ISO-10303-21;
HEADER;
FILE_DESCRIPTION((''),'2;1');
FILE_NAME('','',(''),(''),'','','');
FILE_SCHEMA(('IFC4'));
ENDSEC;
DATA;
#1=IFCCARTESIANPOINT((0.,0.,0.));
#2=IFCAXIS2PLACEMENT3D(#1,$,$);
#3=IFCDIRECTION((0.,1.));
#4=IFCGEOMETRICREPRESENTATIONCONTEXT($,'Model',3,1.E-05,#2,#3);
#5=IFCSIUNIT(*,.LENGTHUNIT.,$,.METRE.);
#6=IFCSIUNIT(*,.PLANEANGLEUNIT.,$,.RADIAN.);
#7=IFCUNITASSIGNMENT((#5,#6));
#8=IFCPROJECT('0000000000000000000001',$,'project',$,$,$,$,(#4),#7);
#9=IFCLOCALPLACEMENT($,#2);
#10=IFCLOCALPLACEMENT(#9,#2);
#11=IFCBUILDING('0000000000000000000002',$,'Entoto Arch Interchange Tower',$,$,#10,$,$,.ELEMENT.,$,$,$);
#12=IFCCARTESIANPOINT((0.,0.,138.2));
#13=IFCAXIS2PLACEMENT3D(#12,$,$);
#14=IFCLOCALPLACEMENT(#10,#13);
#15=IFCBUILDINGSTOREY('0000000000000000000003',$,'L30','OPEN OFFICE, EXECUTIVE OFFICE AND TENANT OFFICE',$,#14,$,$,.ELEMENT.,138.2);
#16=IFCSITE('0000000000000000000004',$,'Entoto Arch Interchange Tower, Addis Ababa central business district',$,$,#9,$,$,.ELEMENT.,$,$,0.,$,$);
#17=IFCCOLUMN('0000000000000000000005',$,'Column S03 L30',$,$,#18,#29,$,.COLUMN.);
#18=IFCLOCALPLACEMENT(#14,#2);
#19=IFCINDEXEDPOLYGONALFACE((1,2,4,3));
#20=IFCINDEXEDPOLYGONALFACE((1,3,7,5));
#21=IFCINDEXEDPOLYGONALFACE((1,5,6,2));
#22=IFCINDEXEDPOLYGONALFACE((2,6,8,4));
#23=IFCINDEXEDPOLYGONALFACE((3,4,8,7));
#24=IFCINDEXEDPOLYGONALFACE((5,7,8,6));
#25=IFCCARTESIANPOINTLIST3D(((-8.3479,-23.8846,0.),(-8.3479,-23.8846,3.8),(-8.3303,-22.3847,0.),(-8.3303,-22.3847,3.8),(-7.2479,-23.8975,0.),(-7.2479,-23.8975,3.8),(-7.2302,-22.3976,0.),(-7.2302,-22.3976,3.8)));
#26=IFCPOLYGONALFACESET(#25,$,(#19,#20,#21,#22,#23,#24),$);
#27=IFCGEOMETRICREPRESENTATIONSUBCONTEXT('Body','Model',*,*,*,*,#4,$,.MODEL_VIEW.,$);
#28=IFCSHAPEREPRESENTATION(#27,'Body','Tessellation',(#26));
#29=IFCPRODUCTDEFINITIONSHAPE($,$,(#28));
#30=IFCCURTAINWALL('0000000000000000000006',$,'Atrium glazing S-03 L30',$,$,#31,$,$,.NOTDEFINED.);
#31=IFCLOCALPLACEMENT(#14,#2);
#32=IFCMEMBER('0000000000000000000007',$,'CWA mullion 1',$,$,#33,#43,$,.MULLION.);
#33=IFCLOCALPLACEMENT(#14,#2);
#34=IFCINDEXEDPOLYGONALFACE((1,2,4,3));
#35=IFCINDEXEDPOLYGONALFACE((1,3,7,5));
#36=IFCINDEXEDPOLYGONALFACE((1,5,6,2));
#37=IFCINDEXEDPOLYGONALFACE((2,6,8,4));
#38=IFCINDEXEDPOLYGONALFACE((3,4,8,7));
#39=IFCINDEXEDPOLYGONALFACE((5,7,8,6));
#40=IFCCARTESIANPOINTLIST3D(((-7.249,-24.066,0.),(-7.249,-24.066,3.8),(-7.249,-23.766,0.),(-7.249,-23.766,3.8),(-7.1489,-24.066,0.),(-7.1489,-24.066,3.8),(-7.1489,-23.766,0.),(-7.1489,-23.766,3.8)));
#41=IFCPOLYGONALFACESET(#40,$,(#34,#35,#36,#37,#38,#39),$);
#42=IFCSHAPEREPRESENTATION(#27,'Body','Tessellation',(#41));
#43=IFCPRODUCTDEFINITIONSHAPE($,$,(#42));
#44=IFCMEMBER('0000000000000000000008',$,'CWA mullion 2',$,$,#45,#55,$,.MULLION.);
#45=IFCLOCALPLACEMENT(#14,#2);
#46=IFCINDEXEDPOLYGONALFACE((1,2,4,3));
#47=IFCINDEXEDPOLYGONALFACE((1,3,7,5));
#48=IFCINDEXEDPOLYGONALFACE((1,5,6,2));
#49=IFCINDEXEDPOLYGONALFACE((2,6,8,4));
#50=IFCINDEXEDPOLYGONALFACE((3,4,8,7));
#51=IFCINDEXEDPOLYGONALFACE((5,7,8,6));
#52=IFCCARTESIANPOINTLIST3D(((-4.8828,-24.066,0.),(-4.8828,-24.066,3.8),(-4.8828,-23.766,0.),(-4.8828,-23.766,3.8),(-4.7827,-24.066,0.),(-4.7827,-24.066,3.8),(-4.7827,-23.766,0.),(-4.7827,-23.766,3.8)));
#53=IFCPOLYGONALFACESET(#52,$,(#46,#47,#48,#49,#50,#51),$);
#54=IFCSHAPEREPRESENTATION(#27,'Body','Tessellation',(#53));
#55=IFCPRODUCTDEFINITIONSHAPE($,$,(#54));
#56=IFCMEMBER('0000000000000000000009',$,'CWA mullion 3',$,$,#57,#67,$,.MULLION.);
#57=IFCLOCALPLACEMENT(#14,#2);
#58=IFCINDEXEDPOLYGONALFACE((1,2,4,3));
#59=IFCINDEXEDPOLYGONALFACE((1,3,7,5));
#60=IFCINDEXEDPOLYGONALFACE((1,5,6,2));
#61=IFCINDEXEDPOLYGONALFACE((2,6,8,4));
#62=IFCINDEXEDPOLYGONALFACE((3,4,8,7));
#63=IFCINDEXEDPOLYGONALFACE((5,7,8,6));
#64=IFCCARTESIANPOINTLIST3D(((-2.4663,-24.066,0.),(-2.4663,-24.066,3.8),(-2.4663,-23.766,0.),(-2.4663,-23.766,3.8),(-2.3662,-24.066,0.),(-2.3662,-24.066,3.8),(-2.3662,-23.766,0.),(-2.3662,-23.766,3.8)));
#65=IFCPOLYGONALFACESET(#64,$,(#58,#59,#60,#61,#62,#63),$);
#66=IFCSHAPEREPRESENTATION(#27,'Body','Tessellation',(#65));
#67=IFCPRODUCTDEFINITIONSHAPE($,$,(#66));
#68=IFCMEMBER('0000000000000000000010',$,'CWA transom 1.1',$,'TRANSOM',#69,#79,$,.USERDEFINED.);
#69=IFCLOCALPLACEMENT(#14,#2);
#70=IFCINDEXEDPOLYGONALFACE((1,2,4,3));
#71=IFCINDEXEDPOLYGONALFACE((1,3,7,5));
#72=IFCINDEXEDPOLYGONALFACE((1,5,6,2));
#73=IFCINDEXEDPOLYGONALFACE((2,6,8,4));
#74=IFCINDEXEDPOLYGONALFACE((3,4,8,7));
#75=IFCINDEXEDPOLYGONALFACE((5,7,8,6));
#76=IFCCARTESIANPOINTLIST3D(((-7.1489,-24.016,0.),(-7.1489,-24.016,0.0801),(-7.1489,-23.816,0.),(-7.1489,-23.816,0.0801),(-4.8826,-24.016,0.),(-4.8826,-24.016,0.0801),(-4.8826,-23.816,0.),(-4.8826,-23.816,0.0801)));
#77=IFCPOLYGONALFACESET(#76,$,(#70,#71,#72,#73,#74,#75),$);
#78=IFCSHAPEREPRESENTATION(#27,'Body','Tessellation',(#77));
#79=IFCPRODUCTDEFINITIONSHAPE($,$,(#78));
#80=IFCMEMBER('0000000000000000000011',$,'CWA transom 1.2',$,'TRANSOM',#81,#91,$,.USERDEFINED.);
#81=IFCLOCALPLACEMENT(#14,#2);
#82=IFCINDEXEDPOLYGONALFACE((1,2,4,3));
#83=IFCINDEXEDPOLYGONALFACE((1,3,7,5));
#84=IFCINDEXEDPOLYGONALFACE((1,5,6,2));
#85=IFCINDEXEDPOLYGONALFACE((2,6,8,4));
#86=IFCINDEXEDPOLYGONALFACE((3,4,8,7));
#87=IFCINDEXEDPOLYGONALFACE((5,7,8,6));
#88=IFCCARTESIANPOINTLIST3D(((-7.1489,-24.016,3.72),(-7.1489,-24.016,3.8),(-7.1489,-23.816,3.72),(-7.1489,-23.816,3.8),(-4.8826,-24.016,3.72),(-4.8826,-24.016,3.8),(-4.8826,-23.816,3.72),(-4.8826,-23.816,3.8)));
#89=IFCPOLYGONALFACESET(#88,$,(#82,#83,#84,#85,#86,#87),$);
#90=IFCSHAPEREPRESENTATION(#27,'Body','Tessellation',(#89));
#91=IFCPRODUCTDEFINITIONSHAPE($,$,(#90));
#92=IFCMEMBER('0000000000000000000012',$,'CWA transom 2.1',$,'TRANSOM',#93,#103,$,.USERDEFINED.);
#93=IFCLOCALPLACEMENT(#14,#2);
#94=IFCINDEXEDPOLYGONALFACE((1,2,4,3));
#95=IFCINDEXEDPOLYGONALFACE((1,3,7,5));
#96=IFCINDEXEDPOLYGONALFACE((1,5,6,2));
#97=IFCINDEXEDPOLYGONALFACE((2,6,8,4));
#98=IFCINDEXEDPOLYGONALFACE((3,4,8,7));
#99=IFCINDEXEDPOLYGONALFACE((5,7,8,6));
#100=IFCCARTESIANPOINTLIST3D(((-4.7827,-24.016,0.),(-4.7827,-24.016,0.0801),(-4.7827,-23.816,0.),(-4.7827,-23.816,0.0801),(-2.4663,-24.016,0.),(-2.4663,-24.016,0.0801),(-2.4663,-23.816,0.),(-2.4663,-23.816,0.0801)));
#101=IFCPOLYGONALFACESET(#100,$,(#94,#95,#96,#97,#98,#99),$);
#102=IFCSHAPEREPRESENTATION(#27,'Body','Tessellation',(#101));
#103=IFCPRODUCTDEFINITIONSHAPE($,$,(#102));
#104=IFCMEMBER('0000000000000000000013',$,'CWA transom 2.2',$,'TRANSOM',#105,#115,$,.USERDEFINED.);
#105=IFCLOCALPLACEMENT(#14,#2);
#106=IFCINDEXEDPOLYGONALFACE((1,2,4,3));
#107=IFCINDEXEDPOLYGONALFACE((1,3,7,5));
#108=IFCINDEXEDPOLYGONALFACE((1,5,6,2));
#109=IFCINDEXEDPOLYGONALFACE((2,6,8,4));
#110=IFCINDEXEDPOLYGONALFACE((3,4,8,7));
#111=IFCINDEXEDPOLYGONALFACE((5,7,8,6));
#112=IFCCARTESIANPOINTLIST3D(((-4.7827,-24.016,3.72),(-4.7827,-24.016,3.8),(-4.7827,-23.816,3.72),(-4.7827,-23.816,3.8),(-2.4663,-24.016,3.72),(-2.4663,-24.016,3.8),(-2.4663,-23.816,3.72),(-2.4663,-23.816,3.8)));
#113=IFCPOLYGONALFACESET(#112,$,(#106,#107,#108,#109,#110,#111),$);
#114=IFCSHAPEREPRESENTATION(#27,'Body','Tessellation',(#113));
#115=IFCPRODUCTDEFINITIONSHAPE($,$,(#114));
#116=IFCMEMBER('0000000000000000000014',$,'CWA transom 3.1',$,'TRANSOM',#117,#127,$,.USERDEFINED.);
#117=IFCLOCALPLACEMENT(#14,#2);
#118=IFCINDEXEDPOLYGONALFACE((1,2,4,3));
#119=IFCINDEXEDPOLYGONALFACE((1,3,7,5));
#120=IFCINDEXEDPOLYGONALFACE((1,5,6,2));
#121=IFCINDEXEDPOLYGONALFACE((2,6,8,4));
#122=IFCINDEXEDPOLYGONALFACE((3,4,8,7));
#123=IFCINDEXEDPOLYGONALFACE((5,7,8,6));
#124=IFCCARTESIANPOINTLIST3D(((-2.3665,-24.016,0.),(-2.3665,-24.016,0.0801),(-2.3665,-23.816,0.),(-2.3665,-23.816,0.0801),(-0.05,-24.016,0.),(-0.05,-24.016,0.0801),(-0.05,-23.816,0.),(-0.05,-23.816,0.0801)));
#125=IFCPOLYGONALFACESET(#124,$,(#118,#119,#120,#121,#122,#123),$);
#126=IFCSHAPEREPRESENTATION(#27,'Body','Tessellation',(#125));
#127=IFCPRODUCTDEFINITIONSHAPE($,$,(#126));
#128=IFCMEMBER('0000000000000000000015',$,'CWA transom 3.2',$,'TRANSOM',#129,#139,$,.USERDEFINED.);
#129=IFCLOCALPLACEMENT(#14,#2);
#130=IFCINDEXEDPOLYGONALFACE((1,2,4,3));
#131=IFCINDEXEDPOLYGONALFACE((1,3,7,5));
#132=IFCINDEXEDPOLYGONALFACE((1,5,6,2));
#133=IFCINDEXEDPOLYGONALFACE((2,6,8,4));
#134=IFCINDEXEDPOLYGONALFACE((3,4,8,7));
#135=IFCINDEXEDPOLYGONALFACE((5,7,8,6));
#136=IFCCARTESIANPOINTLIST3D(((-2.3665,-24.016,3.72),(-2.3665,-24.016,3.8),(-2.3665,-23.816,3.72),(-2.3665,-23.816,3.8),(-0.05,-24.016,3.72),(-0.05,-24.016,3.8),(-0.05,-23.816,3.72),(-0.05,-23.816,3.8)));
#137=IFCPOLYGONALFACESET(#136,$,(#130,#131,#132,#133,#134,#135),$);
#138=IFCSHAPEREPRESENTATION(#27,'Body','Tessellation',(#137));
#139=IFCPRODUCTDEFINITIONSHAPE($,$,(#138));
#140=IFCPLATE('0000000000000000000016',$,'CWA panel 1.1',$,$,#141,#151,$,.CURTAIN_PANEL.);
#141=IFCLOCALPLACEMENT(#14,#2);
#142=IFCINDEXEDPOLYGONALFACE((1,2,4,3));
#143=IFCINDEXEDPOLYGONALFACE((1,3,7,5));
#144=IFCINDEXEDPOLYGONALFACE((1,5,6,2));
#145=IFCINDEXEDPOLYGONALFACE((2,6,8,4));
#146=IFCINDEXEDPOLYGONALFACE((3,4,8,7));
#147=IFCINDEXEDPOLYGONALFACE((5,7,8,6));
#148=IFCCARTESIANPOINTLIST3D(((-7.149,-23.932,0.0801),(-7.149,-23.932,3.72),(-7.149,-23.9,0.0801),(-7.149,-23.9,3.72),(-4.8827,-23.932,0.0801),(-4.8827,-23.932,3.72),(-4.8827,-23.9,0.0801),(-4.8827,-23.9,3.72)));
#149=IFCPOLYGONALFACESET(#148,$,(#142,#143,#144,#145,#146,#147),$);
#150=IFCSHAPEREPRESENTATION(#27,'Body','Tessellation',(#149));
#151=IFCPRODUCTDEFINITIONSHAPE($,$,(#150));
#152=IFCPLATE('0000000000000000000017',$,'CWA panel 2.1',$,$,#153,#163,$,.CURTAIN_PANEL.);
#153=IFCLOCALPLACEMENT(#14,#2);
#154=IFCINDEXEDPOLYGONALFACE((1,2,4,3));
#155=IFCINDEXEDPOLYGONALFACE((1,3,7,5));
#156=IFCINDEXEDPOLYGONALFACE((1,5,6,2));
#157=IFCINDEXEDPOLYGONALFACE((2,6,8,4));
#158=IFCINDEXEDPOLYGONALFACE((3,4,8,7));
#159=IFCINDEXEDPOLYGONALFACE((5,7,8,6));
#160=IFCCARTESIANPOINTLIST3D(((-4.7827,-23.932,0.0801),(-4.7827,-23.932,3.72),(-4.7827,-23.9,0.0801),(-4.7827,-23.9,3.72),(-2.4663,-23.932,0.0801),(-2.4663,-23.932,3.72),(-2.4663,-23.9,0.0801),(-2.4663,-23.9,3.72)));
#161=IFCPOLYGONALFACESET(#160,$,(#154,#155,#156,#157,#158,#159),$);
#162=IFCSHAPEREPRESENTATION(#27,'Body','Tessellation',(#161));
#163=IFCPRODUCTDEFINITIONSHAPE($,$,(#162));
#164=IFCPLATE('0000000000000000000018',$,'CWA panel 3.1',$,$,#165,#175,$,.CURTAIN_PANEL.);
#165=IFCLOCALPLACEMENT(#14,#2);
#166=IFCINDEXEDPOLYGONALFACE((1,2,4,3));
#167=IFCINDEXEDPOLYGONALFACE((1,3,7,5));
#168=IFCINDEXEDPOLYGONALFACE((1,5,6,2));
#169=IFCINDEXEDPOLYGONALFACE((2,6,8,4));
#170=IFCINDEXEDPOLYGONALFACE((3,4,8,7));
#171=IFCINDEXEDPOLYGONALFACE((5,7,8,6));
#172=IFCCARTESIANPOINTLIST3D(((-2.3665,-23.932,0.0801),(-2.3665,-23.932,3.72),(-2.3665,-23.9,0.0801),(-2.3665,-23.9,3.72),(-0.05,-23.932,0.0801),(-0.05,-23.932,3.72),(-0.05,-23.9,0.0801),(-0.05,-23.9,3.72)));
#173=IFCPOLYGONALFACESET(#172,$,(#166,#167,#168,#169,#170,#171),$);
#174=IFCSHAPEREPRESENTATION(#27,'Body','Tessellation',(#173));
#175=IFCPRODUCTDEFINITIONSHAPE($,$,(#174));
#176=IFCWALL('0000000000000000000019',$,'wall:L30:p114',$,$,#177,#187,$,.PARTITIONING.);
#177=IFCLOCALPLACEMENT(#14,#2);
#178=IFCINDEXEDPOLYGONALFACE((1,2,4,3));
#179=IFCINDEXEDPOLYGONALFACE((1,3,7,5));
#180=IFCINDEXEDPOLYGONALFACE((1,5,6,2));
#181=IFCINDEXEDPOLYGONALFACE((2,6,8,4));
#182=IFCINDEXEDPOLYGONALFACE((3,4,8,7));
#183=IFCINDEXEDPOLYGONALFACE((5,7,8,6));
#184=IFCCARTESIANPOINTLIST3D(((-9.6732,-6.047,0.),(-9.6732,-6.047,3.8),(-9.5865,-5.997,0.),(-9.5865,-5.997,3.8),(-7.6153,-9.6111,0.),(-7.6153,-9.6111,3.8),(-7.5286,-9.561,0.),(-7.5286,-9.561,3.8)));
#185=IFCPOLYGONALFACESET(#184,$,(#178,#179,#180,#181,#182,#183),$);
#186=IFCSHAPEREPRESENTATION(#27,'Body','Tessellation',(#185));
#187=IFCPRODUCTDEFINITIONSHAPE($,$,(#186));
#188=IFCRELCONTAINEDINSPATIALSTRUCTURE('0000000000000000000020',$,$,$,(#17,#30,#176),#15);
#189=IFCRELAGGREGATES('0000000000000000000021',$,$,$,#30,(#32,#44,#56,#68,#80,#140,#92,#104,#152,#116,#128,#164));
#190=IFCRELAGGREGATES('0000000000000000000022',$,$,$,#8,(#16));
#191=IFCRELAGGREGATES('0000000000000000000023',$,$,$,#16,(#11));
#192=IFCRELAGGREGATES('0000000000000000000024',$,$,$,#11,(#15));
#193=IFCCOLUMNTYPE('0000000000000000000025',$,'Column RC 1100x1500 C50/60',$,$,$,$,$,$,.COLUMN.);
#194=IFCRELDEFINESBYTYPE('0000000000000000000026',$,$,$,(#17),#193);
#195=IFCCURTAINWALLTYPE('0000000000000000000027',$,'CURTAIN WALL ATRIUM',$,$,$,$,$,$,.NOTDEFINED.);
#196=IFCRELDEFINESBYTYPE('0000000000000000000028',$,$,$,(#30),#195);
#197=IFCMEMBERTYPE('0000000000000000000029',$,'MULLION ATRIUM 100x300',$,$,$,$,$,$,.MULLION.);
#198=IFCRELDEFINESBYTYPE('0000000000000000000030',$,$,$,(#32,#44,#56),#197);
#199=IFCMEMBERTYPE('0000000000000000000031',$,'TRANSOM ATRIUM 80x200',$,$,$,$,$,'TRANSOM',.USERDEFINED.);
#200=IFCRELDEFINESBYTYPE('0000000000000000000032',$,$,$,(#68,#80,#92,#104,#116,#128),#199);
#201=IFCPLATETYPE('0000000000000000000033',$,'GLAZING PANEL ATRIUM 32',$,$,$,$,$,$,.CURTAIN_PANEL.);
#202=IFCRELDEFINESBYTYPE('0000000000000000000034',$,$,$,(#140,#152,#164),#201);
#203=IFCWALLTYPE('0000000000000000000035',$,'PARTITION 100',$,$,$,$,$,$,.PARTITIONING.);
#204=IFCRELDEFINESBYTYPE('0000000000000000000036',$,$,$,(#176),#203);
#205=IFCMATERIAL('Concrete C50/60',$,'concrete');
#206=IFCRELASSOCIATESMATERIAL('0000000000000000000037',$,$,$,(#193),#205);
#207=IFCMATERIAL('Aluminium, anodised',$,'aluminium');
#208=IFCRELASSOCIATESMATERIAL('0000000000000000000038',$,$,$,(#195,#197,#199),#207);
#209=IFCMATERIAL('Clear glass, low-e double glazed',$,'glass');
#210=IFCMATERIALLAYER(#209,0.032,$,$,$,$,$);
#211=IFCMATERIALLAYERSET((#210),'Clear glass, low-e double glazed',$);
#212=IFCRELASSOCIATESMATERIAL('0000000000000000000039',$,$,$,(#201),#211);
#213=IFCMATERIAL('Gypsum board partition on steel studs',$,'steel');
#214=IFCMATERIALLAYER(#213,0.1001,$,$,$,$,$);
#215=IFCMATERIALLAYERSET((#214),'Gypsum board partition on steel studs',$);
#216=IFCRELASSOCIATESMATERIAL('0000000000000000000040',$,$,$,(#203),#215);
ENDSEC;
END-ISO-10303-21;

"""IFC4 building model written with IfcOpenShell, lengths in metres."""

from ifc_helpers import new_model, si_unit, direction, frame, frame_2d, origin, origin_2d, place, context, subcontext, project, spatial, rectangle, extrude, material, layer, layer_set, material_profile, profile_set, type_object, element, aggregate, save


model = new_model("IFC4")

# Units and contexts
model_context = context("Model", 3, precision=1e-05, world=origin(), true_north=direction((0.0, 1.0)))
body_context = subcontext(model_context, "Body", "Model", "MODEL_VIEW")
ifc_project = project(units=[si_unit("LENGTHUNIT", "METRE"), si_unit("PLANEANGLEUNIT", "RADIAN")], contexts=[model_context])

# Site, building, storey
site_placement = place(None, origin())
site = spatial("IfcSite", under=ifc_project, at=site_placement, Name="Entoto Arch Interchange Tower, Addis Ababa central business district", CompositionType="ELEMENT", RefElevation=0.0)
building_placement = place(site_placement, origin())
building = spatial("IfcBuilding", under=site, at=building_placement, Name="Entoto Arch Interchange Tower", CompositionType="ELEMENT")
storey_placement = place(building_placement, frame((0.0, 0.0, 138.2)))
storey = spatial("IfcBuildingStorey", under=building, at=storey_placement, Name="L30", Description="OPEN OFFICE, EXECUTIVE OFFICE AND TENANT OFFICE", CompositionType="ELEMENT", Elevation=138.2)

# Column
ifc_material_1 = material(Name="Concrete C50/60", Category="concrete")
ifc_material_profile_1 = material_profile(ifc_material_1, rectangle(XDim=1.1001, YDim=1.5, at=origin_2d()))
ifc_profile_set_1 = profile_set([ifc_material_profile_1], Name="Concrete C50/60")
column_type = type_object("IfcColumnType", Name="Column RC 1100x1500 C50/60", PredefinedType="COLUMN", material=ifc_profile_set_1)
column_placement = place(storey_placement, frame((-7.7891, -23.1411, 0.0), z_axis=(0.0, 0.0, 1.0), x_axis=(-0.999931, 0.011746, 0.0)))
element("IfcColumn", 1, at=column_placement, inside=storey, type_object=column_type, Name="Column S03 L30", PredefinedType="COLUMN", context=body_context, shape_type="SweptSolid", body=[
    extrude(rectangle(XDim=1.1001, YDim=1.5, at=origin_2d()), origin(), (0.0, 0.0, 1.0), 3.8),
])

# Curtain wall, members, plates
ifc_material_2 = material(Name="Aluminium, anodised", Category="aluminium")
curtain_wall_type = type_object("IfcCurtainWallType", Name="CURTAIN WALL ATRIUM", PredefinedType="NOTDEFINED", material=ifc_material_2)
curtain_wall_placement = place(storey_placement, origin())
curtain_wall = element("IfcCurtainWall", 2, at=curtain_wall_placement, inside=storey, type_object=curtain_wall_type, Name="Atrium glazing S-03 L30", PredefinedType="NOTDEFINED")
ifc_material_profile_2 = material_profile(ifc_material_2, rectangle(XDim=0.3, YDim=0.1001, at=origin_2d()))
ifc_profile_set_2 = profile_set([ifc_material_profile_2], Name="Aluminium, anodised")
member_type_1 = type_object("IfcMemberType", Name="MULLION ATRIUM 100x300", PredefinedType="MULLION", material=ifc_profile_set_2)
member_1_placement = place(storey_placement, frame((-7.199, -23.916, 0.0), z_axis=(0.0, 0.0, 1.0), x_axis=(0.0, 1.0, 0.0)))
member_1 = element("IfcMember", 3, at=member_1_placement, type_object=member_type_1, Name="CWA mullion 1", PredefinedType="MULLION", context=body_context, shape_type="SweptSolid", body=[
    extrude(rectangle(XDim=0.3, YDim=0.1001, at=origin_2d()), origin(), (0.0, 0.0, 1.0), 3.8),
])
member_2_placement = place(storey_placement, frame((-4.8328, -23.916, 0.0), z_axis=(0.0, 0.0, 1.0), x_axis=(0.0, 1.0, 0.0)))
member_2 = element("IfcMember", 4, at=member_2_placement, type_object=member_type_1, Name="CWA mullion 2", PredefinedType="MULLION", context=body_context, shape_type="SweptSolid", body=[
    extrude(rectangle(XDim=0.3, YDim=0.1001, at=origin_2d()), origin(), (0.0, 0.0, 1.0), 3.8),
])
member_3_placement = place(storey_placement, frame((-2.4163, -23.916, 0.0), z_axis=(0.0, 0.0, 1.0), x_axis=(0.0, 1.0, 0.0)))
member_3 = element("IfcMember", 5, at=member_3_placement, type_object=member_type_1, Name="CWA mullion 3", PredefinedType="MULLION", context=body_context, shape_type="SweptSolid", body=[
    extrude(rectangle(XDim=0.3, YDim=0.1001, at=origin_2d()), origin(), (0.0, 0.0, 1.0), 3.8),
])
ifc_material_profile_3 = material_profile(ifc_material_2, rectangle(XDim=0.2, YDim=0.0801, at=origin_2d()))
ifc_profile_set_3 = profile_set([ifc_material_profile_3], Name="Aluminium, anodised")
member_type_2 = type_object("IfcMemberType", Name="TRANSOM ATRIUM 80x200", ElementType="TRANSOM", PredefinedType="USERDEFINED", material=ifc_profile_set_3)
member_4_placement = place(storey_placement, frame((-7.1489, -23.916, 0.04), z_axis=(1.0, 0.0, 0.0), x_axis=(0.0, 1.0, 0.0)))
member_4 = element("IfcMember", 6, at=member_4_placement, type_object=member_type_2, Name="CWA transom 1.1", ObjectType="TRANSOM", PredefinedType="USERDEFINED", context=body_context, shape_type="SweptSolid", body=[
    extrude(rectangle(XDim=0.2, YDim=0.0801, at=origin_2d()), origin(), (0.0, 0.0, 1.0), 2.2664),
])
member_5_placement = place(storey_placement, frame((-7.1489, -23.916, 3.76), z_axis=(1.0, 0.0, 0.0), x_axis=(0.0, 1.0, 0.0)))
member_5 = element("IfcMember", 7, at=member_5_placement, type_object=member_type_2, Name="CWA transom 1.2", ObjectType="TRANSOM", PredefinedType="USERDEFINED", context=body_context, shape_type="SweptSolid", body=[
    extrude(rectangle(XDim=0.2, YDim=0.0801, at=origin_2d()), origin(), (0.0, 0.0, 1.0), 2.2664),
])
member_6_placement = place(storey_placement, frame((-4.7827, -23.916, 0.04), z_axis=(1.0, 0.0, 0.0), x_axis=(0.0, 1.0, 0.0)))
member_6 = element("IfcMember", 8, at=member_6_placement, type_object=member_type_2, Name="CWA transom 2.1", ObjectType="TRANSOM", PredefinedType="USERDEFINED", context=body_context, shape_type="SweptSolid", body=[
    extrude(rectangle(XDim=0.2, YDim=0.0801, at=origin_2d()), origin(), (0.0, 0.0, 1.0), 2.3164),
])
member_7_placement = place(storey_placement, frame((-4.7827, -23.916, 3.76), z_axis=(1.0, 0.0, 0.0), x_axis=(0.0, 1.0, 0.0)))
member_7 = element("IfcMember", 9, at=member_7_placement, type_object=member_type_2, Name="CWA transom 2.2", ObjectType="TRANSOM", PredefinedType="USERDEFINED", context=body_context, shape_type="SweptSolid", body=[
    extrude(rectangle(XDim=0.2, YDim=0.0801, at=origin_2d()), origin(), (0.0, 0.0, 1.0), 2.3164),
])
member_8_placement = place(storey_placement, frame((-2.3665, -23.916, 0.04), z_axis=(1.0, 0.0, 0.0), x_axis=(0.0, 1.0, 0.0)))
member_8 = element("IfcMember", 10, at=member_8_placement, type_object=member_type_2, Name="CWA transom 3.1", ObjectType="TRANSOM", PredefinedType="USERDEFINED", context=body_context, shape_type="SweptSolid", body=[
    extrude(rectangle(XDim=0.2, YDim=0.0801, at=origin_2d()), origin(), (0.0, 0.0, 1.0), 2.3164),
])
member_9_placement = place(storey_placement, frame((-2.3665, -23.916, 3.76), z_axis=(1.0, 0.0, 0.0), x_axis=(0.0, 1.0, 0.0)))
member_9 = element("IfcMember", 11, at=member_9_placement, type_object=member_type_2, Name="CWA transom 3.2", ObjectType="TRANSOM", PredefinedType="USERDEFINED", context=body_context, shape_type="SweptSolid", body=[
    extrude(rectangle(XDim=0.2, YDim=0.0801, at=origin_2d()), origin(), (0.0, 0.0, 1.0), 2.3164),
])
ifc_material_3 = material(Name="Clear glass, low-e double glazed", Category="glass")
ifc_layer_1 = layer(ifc_material_3, 0.032)
ifc_layer_set_1 = layer_set([ifc_layer_1], Name="Clear glass, low-e double glazed")
plate_type = type_object("IfcPlateType", Name="GLAZING PANEL ATRIUM 32", PredefinedType="CURTAIN_PANEL", material=ifc_layer_set_1)
plate_1_placement = place(storey_placement, frame((-6.0159, -23.916, 0.0801), z_axis=(0.0, 0.0, 1.0), x_axis=(1.0, 0.0, 0.0)))
plate_1 = element("IfcPlate", 12, at=plate_1_placement, type_object=plate_type, Name="CWA panel 1.1", PredefinedType="CURTAIN_PANEL", context=body_context, shape_type="SweptSolid", body=[
    extrude(rectangle(XDim=2.2664, YDim=0.032, at=origin_2d()), origin(), (0.0, 0.0, 1.0), 3.6399),
])
plate_2_placement = place(storey_placement, frame((-3.6245, -23.916, 0.0801), z_axis=(0.0, 0.0, 1.0), x_axis=(1.0, 0.0, 0.0)))
plate_2 = element("IfcPlate", 13, at=plate_2_placement, type_object=plate_type, Name="CWA panel 2.1", PredefinedType="CURTAIN_PANEL", context=body_context, shape_type="SweptSolid", body=[
    extrude(rectangle(XDim=2.3164, YDim=0.032, at=origin_2d()), origin(), (0.0, 0.0, 1.0), 3.6399),
])
plate_3_placement = place(storey_placement, frame((-1.2083, -23.916, 0.0801), z_axis=(0.0, 0.0, 1.0), x_axis=(1.0, 0.0, 0.0)))
plate_3 = element("IfcPlate", 14, at=plate_3_placement, type_object=plate_type, Name="CWA panel 3.1", PredefinedType="CURTAIN_PANEL", context=body_context, shape_type="SweptSolid", body=[
    extrude(rectangle(XDim=2.3164, YDim=0.032, at=origin_2d()), origin(), (0.0, 0.0, 1.0), 3.6399),
])
aggregate(curtain_wall, [member_1, member_2, member_3, member_4, member_5, plate_1, member_6, member_7, plate_2, member_8, member_9, plate_3])

# Wall
ifc_material_4 = material(Name="Gypsum board partition on steel studs", Category="steel")
ifc_layer_2 = layer(ifc_material_4, 0.1001)
ifc_layer_set_2 = layer_set([ifc_layer_2], Name="Gypsum board partition on steel studs")
wall_type_1 = type_object("IfcWallType", Name="PARTITION 100", PredefinedType="PARTITIONING", material=ifc_layer_set_2)
wall_1_placement = place(storey_placement, frame((-7.572, -9.5859, 0.0), z_axis=(0.0, 0.0, 1.0), x_axis=(-0.500037, 0.866004, 0.0)))
element("IfcWall", 15, at=wall_1_placement, inside=storey, type_object=wall_type_1, Name="wall:L30:p114", PredefinedType="PARTITIONING", context=body_context, shape_type="SweptSolid", body=[
    extrude(rectangle(XDim=4.1155, YDim=0.1001, at=frame_2d((2.0576, 0.0))), origin(), (0.0, 0.0, 1.0), 3.8),
])

save(model, "model.ifc")
